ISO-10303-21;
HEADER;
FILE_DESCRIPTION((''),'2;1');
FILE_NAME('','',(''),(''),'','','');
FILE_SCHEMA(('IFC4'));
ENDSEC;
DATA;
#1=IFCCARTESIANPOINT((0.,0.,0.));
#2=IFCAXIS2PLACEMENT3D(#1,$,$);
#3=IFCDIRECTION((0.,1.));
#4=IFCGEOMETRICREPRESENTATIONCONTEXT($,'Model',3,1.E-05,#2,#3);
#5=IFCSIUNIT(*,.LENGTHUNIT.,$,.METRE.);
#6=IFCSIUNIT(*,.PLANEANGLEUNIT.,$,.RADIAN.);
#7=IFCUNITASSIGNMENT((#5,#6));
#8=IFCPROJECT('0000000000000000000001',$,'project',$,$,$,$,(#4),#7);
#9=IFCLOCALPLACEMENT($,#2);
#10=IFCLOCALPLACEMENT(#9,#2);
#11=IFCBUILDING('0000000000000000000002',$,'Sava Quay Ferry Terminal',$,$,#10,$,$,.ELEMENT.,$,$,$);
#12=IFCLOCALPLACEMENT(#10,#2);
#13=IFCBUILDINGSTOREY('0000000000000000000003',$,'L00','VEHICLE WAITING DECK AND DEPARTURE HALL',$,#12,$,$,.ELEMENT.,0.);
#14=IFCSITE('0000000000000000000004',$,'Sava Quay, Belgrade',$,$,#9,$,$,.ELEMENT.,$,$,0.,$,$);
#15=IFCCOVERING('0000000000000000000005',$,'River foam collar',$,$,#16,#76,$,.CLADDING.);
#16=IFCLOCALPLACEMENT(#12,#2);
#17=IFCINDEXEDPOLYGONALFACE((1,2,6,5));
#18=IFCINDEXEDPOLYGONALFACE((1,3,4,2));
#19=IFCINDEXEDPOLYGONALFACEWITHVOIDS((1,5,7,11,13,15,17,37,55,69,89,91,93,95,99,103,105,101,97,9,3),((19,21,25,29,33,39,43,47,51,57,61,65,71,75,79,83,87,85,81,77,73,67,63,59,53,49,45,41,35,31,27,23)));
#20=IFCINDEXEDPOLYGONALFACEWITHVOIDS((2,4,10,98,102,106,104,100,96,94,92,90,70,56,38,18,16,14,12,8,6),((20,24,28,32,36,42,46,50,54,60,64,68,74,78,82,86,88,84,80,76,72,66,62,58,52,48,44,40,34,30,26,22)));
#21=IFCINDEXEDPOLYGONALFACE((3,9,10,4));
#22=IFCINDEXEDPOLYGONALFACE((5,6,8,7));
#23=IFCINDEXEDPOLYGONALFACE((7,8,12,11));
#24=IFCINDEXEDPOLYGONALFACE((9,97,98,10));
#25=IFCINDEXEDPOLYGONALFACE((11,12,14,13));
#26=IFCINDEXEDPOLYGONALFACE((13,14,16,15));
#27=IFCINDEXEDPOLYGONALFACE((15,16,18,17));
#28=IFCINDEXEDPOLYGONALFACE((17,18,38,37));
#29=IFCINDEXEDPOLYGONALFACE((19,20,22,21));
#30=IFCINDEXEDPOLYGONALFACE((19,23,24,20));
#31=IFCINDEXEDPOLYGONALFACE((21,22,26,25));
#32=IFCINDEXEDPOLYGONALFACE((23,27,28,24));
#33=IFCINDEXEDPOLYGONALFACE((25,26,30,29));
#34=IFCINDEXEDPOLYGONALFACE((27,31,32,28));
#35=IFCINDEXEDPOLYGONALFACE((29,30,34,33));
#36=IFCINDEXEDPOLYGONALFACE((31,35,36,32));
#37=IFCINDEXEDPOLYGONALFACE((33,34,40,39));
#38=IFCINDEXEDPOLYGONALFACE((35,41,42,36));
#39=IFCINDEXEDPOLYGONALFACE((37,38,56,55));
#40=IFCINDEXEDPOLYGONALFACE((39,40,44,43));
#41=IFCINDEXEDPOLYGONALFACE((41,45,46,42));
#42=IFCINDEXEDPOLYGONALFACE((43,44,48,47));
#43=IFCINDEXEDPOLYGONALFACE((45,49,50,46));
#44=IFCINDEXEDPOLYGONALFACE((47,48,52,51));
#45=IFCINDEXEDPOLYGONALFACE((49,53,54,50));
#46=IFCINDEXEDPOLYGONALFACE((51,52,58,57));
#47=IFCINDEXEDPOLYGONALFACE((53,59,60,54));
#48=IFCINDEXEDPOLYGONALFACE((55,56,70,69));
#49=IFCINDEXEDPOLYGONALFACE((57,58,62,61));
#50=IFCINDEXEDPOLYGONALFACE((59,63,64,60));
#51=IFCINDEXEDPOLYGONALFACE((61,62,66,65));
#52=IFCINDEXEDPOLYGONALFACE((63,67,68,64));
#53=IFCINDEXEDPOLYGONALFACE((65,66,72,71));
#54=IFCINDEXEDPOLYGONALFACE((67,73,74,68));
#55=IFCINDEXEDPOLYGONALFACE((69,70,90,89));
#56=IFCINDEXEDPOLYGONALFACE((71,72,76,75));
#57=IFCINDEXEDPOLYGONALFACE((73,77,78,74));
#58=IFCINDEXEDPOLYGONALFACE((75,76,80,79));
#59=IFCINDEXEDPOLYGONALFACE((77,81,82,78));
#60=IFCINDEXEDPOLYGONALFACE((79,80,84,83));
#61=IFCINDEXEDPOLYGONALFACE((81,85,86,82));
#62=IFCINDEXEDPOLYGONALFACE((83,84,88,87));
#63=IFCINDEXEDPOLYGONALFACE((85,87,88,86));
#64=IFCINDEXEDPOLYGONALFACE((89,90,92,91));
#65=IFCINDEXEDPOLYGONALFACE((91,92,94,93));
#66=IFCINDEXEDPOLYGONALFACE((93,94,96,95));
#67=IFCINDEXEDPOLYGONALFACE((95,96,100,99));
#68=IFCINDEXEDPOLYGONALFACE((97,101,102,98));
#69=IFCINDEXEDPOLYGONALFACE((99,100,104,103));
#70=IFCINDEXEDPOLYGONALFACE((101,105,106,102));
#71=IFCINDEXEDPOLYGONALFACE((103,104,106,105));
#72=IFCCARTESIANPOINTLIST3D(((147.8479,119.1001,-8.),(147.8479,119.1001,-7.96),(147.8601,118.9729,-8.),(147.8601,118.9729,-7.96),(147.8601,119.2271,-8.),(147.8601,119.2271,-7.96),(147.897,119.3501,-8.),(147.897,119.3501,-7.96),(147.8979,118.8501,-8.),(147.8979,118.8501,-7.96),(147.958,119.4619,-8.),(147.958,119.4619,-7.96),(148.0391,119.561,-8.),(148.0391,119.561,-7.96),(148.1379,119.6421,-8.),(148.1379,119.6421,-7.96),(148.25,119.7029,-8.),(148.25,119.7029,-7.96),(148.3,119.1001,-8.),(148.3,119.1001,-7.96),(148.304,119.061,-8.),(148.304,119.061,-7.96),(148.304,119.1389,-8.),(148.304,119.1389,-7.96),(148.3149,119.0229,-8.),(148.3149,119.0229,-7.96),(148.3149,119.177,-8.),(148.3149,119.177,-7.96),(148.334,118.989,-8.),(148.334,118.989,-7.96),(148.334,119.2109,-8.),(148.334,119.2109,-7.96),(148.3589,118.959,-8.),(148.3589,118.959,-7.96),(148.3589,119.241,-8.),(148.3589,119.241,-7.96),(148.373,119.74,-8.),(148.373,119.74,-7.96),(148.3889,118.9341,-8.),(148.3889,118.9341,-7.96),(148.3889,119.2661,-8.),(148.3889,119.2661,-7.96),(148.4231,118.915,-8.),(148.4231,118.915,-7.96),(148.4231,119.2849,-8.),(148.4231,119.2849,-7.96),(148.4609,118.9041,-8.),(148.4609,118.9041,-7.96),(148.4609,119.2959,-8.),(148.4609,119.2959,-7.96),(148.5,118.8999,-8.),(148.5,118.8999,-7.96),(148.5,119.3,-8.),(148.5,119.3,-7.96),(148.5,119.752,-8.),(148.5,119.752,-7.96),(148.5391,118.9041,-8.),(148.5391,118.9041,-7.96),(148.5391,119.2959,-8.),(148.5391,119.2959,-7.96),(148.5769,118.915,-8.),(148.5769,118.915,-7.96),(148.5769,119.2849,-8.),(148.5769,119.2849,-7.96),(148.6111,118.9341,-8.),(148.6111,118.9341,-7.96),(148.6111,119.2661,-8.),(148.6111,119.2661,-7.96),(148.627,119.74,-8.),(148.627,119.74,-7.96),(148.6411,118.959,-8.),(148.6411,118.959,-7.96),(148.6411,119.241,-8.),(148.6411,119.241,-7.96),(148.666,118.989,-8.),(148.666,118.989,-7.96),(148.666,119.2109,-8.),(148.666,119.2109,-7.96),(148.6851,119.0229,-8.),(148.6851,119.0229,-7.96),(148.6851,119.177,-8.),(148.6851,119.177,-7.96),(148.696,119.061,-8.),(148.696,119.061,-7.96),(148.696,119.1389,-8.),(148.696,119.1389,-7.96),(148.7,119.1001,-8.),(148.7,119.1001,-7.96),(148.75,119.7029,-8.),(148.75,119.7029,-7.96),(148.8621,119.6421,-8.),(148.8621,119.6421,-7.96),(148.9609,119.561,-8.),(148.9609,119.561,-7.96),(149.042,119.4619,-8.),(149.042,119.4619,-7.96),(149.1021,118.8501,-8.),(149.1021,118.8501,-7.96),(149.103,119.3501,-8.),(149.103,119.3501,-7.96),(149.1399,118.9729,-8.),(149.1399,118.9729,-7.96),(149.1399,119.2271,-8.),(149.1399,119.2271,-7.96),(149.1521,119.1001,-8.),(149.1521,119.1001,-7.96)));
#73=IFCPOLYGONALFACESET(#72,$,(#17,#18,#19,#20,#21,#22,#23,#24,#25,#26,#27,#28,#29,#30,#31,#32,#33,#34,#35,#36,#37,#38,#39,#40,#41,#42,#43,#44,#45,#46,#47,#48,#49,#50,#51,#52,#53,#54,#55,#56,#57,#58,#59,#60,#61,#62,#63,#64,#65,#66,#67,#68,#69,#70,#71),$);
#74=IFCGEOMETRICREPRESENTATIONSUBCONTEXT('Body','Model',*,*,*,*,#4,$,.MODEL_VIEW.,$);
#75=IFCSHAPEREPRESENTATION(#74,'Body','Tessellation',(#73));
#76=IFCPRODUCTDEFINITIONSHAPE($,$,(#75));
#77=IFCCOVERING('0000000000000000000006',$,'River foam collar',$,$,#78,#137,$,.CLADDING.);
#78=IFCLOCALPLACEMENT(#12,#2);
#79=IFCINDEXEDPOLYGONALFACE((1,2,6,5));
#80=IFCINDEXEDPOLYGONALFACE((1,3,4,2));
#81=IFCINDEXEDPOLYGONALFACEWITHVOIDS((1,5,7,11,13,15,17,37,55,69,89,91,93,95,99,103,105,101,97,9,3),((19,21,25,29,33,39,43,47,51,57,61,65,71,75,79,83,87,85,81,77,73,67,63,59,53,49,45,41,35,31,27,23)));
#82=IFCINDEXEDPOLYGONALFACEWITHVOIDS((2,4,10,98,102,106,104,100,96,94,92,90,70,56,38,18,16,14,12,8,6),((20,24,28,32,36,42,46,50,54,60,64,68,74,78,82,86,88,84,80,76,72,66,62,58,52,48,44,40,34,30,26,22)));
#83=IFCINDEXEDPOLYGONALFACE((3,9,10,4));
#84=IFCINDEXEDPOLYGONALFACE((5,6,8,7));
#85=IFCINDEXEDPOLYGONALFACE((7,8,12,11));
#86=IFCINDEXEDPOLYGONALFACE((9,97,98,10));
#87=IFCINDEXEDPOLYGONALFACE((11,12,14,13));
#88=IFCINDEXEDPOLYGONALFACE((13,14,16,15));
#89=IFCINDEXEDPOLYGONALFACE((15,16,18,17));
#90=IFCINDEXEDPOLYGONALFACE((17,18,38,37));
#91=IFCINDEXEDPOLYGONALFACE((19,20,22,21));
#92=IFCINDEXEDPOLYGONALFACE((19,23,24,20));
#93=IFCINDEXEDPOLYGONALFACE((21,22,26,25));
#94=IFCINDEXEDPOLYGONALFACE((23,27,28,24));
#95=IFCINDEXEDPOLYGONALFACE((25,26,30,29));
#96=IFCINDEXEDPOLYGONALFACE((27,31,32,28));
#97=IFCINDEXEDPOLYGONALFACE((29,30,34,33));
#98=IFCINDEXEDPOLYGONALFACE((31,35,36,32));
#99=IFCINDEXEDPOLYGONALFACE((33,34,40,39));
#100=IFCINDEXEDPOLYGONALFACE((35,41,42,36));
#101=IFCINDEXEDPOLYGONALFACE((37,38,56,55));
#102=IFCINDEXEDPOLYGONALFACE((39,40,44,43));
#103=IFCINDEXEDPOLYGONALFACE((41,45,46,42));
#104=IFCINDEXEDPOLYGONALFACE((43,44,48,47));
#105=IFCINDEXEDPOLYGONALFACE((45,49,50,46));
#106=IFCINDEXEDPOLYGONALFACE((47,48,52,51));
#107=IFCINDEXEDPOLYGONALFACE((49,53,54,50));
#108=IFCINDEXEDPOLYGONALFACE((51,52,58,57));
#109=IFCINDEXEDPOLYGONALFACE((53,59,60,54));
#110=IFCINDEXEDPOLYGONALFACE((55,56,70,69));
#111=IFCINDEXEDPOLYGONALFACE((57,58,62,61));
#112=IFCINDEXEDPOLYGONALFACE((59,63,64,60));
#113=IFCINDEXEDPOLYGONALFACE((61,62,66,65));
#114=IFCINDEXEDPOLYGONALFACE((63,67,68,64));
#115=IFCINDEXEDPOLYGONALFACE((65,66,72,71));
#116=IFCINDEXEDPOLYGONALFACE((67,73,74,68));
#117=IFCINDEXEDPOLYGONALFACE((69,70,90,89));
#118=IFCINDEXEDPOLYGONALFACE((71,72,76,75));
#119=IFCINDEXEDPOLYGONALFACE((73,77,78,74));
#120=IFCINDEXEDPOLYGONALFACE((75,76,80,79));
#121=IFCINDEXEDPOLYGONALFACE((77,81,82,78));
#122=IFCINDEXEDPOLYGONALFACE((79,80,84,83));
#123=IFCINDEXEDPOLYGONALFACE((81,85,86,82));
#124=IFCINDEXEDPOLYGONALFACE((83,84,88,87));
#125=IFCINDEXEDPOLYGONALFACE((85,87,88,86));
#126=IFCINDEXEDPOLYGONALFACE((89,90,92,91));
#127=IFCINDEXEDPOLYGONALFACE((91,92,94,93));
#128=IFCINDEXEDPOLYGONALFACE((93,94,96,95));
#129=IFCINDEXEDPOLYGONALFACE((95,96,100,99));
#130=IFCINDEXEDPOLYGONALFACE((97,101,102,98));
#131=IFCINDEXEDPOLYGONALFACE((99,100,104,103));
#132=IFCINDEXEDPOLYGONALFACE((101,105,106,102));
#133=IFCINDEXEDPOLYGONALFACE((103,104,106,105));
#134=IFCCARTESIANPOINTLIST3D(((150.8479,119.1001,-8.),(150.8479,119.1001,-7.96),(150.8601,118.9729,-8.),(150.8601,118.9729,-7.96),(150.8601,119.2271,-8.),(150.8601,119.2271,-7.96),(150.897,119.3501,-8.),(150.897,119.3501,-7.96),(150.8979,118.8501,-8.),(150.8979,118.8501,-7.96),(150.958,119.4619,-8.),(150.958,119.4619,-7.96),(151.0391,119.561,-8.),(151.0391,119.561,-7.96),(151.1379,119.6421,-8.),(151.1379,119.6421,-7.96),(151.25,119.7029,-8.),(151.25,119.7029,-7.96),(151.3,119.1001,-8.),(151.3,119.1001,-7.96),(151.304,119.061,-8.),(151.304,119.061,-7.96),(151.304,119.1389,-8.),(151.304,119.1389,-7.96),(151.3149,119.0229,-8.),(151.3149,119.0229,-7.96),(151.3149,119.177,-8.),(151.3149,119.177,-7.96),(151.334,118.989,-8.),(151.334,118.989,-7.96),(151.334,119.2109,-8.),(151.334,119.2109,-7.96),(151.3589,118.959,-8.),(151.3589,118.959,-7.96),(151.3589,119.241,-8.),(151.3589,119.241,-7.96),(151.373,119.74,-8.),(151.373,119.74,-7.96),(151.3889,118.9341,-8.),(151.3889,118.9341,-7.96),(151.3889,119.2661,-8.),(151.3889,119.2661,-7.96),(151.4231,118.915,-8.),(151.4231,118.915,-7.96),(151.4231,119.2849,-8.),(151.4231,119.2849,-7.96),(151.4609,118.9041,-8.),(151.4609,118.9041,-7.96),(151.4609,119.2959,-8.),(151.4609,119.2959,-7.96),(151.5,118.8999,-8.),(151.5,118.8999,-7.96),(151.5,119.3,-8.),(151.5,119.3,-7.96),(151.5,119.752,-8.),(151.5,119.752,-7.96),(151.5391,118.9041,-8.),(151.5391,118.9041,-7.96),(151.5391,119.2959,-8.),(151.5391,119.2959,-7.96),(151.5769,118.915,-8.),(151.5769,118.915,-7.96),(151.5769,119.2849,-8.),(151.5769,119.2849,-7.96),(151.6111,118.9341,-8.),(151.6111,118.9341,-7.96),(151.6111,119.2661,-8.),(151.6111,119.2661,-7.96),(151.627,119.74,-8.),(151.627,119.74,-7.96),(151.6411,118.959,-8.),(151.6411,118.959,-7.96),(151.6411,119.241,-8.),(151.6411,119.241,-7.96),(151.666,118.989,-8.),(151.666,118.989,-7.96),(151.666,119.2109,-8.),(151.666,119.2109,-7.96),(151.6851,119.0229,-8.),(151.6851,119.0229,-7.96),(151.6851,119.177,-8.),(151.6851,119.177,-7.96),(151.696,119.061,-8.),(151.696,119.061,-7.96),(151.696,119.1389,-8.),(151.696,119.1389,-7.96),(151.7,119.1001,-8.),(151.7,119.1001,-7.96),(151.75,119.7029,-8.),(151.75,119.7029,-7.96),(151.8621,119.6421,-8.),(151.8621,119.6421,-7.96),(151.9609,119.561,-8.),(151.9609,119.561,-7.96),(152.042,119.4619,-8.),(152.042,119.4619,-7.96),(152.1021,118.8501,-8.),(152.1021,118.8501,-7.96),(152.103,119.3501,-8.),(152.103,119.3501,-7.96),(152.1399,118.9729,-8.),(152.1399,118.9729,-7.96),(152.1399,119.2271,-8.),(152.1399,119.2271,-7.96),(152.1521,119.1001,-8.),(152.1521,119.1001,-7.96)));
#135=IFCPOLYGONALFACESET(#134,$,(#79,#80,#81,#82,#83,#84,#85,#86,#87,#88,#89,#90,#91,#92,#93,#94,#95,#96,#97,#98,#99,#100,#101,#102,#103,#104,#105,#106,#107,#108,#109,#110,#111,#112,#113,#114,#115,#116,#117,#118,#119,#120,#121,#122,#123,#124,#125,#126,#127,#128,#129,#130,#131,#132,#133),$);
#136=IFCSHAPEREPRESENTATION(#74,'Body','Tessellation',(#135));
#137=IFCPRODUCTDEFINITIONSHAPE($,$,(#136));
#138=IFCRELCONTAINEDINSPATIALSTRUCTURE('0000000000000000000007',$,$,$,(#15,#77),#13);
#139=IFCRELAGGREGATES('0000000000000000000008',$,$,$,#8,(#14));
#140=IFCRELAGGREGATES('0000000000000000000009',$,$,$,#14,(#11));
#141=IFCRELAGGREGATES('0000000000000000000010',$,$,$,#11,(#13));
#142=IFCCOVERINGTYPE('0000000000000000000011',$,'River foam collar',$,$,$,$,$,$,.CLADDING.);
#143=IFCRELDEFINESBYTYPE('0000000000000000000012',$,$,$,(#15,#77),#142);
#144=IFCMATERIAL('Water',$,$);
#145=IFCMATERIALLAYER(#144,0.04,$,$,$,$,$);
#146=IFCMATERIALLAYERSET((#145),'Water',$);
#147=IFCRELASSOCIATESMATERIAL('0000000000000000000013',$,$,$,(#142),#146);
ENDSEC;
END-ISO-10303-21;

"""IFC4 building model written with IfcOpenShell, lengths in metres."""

from ifc_helpers import new_model, si_unit, direction, frame, origin, place, context, subcontext, project, spatial, polyline, outline, extrude, material, layer, layer_set, type_object, element, save


model = new_model("IFC4")

# Units and contexts
model_context = context("Model", 3, precision=1e-05, world=origin(), true_north=direction((0.0, 1.0)))
body_context = subcontext(model_context, "Body", "Model", "MODEL_VIEW")
ifc_project = project(units=[si_unit("LENGTHUNIT", "METRE"), si_unit("PLANEANGLEUNIT", "RADIAN")], contexts=[model_context])

# Site, building, storey
site_placement = place(None, origin())
site = spatial("IfcSite", under=ifc_project, at=site_placement, Name="Sava Quay, Belgrade", CompositionType="ELEMENT", RefElevation=0.0)
building_placement = place(site_placement, origin())
building = spatial("IfcBuilding", under=site, at=building_placement, Name="Sava Quay Ferry Terminal", CompositionType="ELEMENT")
storey_placement = place(building_placement, origin())
storey = spatial("IfcBuildingStorey", under=building, at=storey_placement, Name="L00", Description="VEHICLE WAITING DECK AND DEPARTURE HALL", CompositionType="ELEMENT", Elevation=0.0)

# Coverings
ifc_material_1 = material(Name="Water")
ifc_layer_1 = layer(ifc_material_1, 0.04)
ifc_layer_set_1 = layer_set([ifc_layer_1], Name="Water")
covering_type_1 = type_object("IfcCoveringType", Name="River foam collar", PredefinedType="CLADDING", material=ifc_layer_set_1)
covering_1_placement = place(storey_placement, frame((0.0, 0.0, -8.0)))
element("IfcCovering", 1, at=covering_1_placement, inside=storey, type_object=covering_type_1, Name="River foam collar", PredefinedType="CLADDING", context=body_context, shape_type="SweptSolid", body=[
    extrude(outline(polyline([(149.1521, 119.1001), (149.1399, 119.2271), (149.103, 119.3501), (149.042, 119.4619), (148.9609, 119.561), (148.8621, 119.6421), (148.75, 119.7029), (148.627, 119.74), (148.5, 119.752), (148.373, 119.74), (148.25, 119.7029), (148.1379, 119.6421), (148.0391, 119.561), (147.958, 119.4619), (147.897, 119.3501), (147.8601, 119.2271), (147.8479, 119.1001), (147.8601, 118.9729), (147.8979, 118.8501), (149.1021, 118.8501), (149.1399, 118.9729), (149.1521, 119.1001)]), holes=[polyline([(148.4231, 119.2849), (148.4609, 119.2959), (148.5, 119.3), (148.5391, 119.2959), (148.5769, 119.2849), (148.6111, 119.2661), (148.6411, 119.241), (148.666, 119.2109), (148.6851, 119.177), (148.696, 119.1389), (148.7, 119.1001), (148.696, 119.061), (148.6851, 119.0229), (148.666, 118.989), (148.6411, 118.959), (148.6111, 118.9341), (148.5769, 118.915), (148.5391, 118.9041), (148.5, 118.8999), (148.4609, 118.9041), (148.4231, 118.915), (148.3889, 118.9341), (148.3589, 118.959), (148.334, 118.989), (148.3149, 119.0229), (148.304, 119.061), (148.3, 119.1001), (148.304, 119.1389), (148.3149, 119.177), (148.334, 119.2109), (148.3589, 119.241), (148.3889, 119.2661), (148.4231, 119.2849)])]), origin(), (0.0, 0.0, 1.0), 0.04),
])
covering_2_placement = place(storey_placement, frame((0.0, 0.0, -8.0)))
element("IfcCovering", 2, at=covering_2_placement, inside=storey, type_object=covering_type_1, Name="River foam collar", PredefinedType="CLADDING", context=body_context, shape_type="SweptSolid", body=[
    extrude(outline(polyline([(152.1399, 118.9729), (152.1521, 119.1001), (152.1399, 119.2271), (152.103, 119.3501), (152.042, 119.4619), (151.9609, 119.561), (151.8621, 119.6421), (151.75, 119.7029), (151.627, 119.74), (151.5, 119.752), (151.373, 119.74), (151.25, 119.7029), (151.1379, 119.6421), (151.0391, 119.561), (150.958, 119.4619), (150.897, 119.3501), (150.8601, 119.2271), (150.8479, 119.1001), (150.8601, 118.9729), (150.8979, 118.8501), (152.1021, 118.8501), (152.1399, 118.9729)]), holes=[polyline([(151.3889, 119.2661), (151.4231, 119.2849), (151.4609, 119.2959), (151.5, 119.3), (151.5391, 119.2959), (151.5769, 119.2849), (151.6111, 119.2661), (151.6411, 119.241), (151.666, 119.2109), (151.6851, 119.177), (151.696, 119.1389), (151.7, 119.1001), (151.696, 119.061), (151.6851, 119.0229), (151.666, 118.989), (151.6411, 118.959), (151.6111, 118.9341), (151.5769, 118.915), (151.5391, 118.9041), (151.5, 118.8999), (151.4609, 118.9041), (151.4231, 118.915), (151.3889, 118.9341), (151.3589, 118.959), (151.334, 118.989), (151.3149, 119.0229), (151.304, 119.061), (151.3, 119.1001), (151.304, 119.1389), (151.3149, 119.177), (151.334, 119.2109), (151.3589, 119.241), (151.3889, 119.2661)])]), origin(), (0.0, 0.0, 1.0), 0.04),
])

save(model, "model.ifc")
